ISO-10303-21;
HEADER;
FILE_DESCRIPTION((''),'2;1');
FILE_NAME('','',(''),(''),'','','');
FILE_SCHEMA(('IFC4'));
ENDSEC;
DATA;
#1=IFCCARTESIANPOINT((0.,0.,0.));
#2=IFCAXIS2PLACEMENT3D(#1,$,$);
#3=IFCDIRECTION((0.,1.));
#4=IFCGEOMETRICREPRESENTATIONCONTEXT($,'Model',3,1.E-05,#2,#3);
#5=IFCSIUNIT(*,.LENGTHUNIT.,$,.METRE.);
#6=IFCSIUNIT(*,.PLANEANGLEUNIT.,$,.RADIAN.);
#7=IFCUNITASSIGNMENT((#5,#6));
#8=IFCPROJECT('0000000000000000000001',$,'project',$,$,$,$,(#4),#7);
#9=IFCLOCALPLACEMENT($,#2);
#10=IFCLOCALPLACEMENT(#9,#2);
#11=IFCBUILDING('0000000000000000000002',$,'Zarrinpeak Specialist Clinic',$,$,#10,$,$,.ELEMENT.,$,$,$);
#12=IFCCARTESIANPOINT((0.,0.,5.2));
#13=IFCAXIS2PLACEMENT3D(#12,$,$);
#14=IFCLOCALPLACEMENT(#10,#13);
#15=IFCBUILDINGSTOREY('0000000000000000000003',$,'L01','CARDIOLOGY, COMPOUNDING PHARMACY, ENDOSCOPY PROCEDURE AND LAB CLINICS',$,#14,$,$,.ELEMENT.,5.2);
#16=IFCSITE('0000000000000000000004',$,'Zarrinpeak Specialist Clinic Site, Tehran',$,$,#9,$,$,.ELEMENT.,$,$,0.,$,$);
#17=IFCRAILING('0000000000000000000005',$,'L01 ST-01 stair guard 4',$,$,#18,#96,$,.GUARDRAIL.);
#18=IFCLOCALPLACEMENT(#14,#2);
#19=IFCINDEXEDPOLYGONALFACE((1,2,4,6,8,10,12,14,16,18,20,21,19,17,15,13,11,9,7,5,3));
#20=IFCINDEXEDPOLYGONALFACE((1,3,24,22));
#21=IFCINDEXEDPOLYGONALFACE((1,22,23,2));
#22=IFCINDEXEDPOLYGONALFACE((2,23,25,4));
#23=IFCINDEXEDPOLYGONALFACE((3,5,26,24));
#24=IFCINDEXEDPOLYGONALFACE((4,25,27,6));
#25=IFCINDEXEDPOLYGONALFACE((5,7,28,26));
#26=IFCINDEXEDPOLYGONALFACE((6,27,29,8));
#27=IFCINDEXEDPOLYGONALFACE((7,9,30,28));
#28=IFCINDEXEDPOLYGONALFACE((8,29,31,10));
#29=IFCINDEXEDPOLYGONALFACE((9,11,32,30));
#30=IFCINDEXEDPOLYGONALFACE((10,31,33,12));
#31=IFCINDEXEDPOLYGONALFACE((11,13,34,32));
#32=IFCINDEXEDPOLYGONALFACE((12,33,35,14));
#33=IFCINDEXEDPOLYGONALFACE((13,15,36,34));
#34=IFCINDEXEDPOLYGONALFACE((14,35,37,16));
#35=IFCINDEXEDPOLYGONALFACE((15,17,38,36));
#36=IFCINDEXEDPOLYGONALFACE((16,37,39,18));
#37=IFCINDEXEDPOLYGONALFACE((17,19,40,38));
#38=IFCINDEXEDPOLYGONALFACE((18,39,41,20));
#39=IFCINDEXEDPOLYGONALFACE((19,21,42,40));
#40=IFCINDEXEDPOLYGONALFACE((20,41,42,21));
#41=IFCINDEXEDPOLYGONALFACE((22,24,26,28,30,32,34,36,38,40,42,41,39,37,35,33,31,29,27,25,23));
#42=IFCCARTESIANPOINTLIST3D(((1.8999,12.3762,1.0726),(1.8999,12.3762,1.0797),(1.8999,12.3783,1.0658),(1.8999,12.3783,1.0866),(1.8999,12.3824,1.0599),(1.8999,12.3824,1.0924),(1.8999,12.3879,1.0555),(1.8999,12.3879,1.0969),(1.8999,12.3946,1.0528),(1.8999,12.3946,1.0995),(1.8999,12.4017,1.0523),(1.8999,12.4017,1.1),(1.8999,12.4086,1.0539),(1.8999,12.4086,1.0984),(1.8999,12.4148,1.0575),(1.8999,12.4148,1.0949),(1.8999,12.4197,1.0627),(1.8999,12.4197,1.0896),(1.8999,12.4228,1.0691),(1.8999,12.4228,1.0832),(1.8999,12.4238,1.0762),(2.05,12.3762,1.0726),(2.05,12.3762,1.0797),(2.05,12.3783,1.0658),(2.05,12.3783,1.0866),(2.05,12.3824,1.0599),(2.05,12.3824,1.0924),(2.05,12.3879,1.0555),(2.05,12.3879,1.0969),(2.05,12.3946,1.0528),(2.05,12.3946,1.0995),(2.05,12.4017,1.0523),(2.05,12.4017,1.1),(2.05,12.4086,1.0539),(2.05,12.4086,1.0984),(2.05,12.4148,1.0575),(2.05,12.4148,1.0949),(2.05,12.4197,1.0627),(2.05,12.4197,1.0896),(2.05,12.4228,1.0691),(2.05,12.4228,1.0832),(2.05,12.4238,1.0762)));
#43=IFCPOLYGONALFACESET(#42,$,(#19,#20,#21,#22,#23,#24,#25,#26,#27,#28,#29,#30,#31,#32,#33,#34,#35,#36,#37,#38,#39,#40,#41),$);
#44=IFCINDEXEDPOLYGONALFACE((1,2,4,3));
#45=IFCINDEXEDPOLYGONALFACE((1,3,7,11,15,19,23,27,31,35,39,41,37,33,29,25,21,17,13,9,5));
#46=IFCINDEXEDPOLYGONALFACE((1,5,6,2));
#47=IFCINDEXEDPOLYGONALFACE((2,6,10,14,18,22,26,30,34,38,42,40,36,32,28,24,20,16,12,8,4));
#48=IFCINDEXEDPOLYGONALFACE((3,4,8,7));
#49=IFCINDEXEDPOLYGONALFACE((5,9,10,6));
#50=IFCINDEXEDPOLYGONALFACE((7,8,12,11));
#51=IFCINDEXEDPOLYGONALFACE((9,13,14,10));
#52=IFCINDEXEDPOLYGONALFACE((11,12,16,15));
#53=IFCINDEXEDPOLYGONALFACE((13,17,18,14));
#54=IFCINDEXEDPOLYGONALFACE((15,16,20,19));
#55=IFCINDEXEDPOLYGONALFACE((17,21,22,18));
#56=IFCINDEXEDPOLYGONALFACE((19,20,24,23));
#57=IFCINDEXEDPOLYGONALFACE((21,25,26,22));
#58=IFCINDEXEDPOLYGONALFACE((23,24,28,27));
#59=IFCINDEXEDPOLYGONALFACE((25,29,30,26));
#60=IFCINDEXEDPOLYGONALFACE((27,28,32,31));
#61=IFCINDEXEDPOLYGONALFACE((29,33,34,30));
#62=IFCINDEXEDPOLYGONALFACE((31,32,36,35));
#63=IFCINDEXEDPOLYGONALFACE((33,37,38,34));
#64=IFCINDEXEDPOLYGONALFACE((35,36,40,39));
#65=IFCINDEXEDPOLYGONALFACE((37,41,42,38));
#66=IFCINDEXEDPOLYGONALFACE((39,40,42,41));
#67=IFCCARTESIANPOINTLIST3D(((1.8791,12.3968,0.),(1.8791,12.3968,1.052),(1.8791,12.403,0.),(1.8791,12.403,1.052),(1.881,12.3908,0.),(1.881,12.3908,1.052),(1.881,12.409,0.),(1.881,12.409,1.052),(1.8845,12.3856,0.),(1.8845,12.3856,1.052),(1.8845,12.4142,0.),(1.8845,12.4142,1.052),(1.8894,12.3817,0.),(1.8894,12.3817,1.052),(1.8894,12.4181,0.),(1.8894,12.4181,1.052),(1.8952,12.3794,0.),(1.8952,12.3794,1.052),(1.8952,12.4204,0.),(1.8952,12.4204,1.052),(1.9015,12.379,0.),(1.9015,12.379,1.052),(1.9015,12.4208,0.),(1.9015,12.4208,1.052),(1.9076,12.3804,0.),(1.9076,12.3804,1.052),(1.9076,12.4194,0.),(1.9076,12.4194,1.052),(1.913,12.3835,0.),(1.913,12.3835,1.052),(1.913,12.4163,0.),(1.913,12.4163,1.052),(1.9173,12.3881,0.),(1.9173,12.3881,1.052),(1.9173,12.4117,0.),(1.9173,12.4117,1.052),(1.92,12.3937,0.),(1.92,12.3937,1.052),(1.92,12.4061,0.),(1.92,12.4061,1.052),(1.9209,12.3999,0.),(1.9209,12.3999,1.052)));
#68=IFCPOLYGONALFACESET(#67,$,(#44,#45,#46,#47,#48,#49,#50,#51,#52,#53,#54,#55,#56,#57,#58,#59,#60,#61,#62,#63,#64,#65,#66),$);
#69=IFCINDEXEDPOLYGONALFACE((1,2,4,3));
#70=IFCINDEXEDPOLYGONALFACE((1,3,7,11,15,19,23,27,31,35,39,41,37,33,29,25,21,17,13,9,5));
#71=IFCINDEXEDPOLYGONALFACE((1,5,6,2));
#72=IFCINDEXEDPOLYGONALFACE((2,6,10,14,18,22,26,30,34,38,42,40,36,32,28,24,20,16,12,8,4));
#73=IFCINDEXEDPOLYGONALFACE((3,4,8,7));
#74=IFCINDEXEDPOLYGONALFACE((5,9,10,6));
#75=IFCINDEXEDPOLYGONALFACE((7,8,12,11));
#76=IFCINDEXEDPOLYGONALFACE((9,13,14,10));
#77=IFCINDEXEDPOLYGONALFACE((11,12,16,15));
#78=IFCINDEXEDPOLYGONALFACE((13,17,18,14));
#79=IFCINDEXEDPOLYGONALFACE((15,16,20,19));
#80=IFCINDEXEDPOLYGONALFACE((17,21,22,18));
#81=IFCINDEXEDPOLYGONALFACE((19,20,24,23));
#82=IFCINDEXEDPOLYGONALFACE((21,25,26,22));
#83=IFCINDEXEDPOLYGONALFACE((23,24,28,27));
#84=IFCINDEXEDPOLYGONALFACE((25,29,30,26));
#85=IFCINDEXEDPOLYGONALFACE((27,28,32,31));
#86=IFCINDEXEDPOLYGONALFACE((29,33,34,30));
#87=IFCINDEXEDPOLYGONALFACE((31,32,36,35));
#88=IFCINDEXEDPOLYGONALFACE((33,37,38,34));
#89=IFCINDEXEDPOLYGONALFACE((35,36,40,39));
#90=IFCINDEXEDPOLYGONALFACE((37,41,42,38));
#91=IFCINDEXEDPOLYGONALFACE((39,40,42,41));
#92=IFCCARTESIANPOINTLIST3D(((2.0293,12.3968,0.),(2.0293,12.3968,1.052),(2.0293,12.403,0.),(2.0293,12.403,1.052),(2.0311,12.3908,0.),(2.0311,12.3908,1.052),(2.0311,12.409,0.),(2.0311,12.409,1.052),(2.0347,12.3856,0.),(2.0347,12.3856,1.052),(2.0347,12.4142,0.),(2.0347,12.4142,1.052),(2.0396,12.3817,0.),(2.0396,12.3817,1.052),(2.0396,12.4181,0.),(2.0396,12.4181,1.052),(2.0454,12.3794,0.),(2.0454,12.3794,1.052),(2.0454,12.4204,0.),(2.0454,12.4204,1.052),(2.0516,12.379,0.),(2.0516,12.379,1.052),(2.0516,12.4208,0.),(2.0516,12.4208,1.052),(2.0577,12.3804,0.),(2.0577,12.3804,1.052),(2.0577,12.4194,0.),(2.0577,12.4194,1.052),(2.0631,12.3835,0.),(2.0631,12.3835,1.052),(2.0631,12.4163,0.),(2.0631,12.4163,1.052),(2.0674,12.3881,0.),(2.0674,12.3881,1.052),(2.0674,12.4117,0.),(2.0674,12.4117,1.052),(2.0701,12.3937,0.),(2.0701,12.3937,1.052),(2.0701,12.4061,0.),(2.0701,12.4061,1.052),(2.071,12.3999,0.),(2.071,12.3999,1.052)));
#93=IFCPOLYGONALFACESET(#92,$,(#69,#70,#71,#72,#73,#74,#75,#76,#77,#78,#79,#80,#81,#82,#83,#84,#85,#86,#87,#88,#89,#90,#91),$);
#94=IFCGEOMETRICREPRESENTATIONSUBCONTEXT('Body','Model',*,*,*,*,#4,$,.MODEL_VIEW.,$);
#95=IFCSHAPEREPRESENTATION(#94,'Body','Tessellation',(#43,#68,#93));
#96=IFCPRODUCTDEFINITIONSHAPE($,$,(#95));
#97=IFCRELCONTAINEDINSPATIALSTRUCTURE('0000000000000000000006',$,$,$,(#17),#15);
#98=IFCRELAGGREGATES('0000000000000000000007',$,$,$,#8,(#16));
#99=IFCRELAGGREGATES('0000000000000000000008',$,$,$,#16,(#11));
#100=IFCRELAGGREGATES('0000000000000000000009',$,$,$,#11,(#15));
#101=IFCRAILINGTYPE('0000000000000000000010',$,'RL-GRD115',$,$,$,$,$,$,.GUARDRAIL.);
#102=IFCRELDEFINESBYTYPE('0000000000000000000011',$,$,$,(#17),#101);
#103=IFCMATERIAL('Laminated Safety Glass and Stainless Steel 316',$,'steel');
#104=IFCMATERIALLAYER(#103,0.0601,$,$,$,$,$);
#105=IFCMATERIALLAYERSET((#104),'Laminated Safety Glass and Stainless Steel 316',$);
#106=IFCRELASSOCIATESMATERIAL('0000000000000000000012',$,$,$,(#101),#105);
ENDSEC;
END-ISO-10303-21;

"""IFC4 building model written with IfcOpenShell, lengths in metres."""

from ifc_helpers import new_model, si_unit, direction, frame, origin, origin_2d, place, context, subcontext, project, spatial, circle, extrude, material, layer, layer_set, type_object, element, save


model = new_model("IFC4")

# Units and contexts
model_context = context("Model", 3, precision=1e-05, world=origin(), true_north=direction((0.0, 1.0)))
body_context = subcontext(model_context, "Body", "Model", "MODEL_VIEW")
ifc_project = project(units=[si_unit("LENGTHUNIT", "METRE"), si_unit("PLANEANGLEUNIT", "RADIAN")], contexts=[model_context])

# Site, building, storey
site_placement = place(None, origin())
site = spatial("IfcSite", under=ifc_project, at=site_placement, Name="Zarrinpeak Specialist Clinic Site, Tehran", CompositionType="ELEMENT", RefElevation=0.0)
building_placement = place(site_placement, origin())
building = spatial("IfcBuilding", under=site, at=building_placement, Name="Zarrinpeak Specialist Clinic", CompositionType="ELEMENT")
storey_placement = place(building_placement, frame((0.0, 0.0, 5.2)))
storey = spatial("IfcBuildingStorey", under=building, at=storey_placement, Name="L01", Description="CARDIOLOGY, COMPOUNDING PHARMACY, ENDOSCOPY PROCEDURE AND LAB CLINICS", CompositionType="ELEMENT", Elevation=5.2)

# Railing
ifc_material_1 = material(Name="Laminated Safety Glass and Stainless Steel 316", Category="steel")
ifc_layer_1 = layer(ifc_material_1, 0.0601)
ifc_layer_set_1 = layer_set([ifc_layer_1], Name="Laminated Safety Glass and Stainless Steel 316")
railing_type_1 = type_object("IfcRailingType", Name="RL-GRD115", PredefinedType="GUARDRAIL", material=ifc_layer_set_1)
railing_1_placement = place(storey_placement, frame((1.8999, 12.3999, 0.0)))
element("IfcRailing", 1, at=railing_1_placement, inside=storey, type_object=railing_type_1, Name="L01 ST-01 stair guard 4", PredefinedType="GUARDRAIL", context=body_context, shape_type="SweptSolid", body=[
    extrude(circle(Radius=0.0239, at=origin_2d()), frame((0.0, 0.0, 1.0762), z_axis=(1.0, 0.0, 0.0), x_axis=(0.0, 1.0, 0.0)), (0.0, 0.0, 1.0), 0.1501),
    extrude(circle(Radius=0.021, at=origin_2d()), origin(), (0.0, 0.0, 1.0), 1.052),
    extrude(circle(Radius=0.021, at=origin_2d()), frame((0.1501, 0.0, 0.0)), (0.0, 0.0, 1.0), 1.052),
])

save(model, "model.ifc")
